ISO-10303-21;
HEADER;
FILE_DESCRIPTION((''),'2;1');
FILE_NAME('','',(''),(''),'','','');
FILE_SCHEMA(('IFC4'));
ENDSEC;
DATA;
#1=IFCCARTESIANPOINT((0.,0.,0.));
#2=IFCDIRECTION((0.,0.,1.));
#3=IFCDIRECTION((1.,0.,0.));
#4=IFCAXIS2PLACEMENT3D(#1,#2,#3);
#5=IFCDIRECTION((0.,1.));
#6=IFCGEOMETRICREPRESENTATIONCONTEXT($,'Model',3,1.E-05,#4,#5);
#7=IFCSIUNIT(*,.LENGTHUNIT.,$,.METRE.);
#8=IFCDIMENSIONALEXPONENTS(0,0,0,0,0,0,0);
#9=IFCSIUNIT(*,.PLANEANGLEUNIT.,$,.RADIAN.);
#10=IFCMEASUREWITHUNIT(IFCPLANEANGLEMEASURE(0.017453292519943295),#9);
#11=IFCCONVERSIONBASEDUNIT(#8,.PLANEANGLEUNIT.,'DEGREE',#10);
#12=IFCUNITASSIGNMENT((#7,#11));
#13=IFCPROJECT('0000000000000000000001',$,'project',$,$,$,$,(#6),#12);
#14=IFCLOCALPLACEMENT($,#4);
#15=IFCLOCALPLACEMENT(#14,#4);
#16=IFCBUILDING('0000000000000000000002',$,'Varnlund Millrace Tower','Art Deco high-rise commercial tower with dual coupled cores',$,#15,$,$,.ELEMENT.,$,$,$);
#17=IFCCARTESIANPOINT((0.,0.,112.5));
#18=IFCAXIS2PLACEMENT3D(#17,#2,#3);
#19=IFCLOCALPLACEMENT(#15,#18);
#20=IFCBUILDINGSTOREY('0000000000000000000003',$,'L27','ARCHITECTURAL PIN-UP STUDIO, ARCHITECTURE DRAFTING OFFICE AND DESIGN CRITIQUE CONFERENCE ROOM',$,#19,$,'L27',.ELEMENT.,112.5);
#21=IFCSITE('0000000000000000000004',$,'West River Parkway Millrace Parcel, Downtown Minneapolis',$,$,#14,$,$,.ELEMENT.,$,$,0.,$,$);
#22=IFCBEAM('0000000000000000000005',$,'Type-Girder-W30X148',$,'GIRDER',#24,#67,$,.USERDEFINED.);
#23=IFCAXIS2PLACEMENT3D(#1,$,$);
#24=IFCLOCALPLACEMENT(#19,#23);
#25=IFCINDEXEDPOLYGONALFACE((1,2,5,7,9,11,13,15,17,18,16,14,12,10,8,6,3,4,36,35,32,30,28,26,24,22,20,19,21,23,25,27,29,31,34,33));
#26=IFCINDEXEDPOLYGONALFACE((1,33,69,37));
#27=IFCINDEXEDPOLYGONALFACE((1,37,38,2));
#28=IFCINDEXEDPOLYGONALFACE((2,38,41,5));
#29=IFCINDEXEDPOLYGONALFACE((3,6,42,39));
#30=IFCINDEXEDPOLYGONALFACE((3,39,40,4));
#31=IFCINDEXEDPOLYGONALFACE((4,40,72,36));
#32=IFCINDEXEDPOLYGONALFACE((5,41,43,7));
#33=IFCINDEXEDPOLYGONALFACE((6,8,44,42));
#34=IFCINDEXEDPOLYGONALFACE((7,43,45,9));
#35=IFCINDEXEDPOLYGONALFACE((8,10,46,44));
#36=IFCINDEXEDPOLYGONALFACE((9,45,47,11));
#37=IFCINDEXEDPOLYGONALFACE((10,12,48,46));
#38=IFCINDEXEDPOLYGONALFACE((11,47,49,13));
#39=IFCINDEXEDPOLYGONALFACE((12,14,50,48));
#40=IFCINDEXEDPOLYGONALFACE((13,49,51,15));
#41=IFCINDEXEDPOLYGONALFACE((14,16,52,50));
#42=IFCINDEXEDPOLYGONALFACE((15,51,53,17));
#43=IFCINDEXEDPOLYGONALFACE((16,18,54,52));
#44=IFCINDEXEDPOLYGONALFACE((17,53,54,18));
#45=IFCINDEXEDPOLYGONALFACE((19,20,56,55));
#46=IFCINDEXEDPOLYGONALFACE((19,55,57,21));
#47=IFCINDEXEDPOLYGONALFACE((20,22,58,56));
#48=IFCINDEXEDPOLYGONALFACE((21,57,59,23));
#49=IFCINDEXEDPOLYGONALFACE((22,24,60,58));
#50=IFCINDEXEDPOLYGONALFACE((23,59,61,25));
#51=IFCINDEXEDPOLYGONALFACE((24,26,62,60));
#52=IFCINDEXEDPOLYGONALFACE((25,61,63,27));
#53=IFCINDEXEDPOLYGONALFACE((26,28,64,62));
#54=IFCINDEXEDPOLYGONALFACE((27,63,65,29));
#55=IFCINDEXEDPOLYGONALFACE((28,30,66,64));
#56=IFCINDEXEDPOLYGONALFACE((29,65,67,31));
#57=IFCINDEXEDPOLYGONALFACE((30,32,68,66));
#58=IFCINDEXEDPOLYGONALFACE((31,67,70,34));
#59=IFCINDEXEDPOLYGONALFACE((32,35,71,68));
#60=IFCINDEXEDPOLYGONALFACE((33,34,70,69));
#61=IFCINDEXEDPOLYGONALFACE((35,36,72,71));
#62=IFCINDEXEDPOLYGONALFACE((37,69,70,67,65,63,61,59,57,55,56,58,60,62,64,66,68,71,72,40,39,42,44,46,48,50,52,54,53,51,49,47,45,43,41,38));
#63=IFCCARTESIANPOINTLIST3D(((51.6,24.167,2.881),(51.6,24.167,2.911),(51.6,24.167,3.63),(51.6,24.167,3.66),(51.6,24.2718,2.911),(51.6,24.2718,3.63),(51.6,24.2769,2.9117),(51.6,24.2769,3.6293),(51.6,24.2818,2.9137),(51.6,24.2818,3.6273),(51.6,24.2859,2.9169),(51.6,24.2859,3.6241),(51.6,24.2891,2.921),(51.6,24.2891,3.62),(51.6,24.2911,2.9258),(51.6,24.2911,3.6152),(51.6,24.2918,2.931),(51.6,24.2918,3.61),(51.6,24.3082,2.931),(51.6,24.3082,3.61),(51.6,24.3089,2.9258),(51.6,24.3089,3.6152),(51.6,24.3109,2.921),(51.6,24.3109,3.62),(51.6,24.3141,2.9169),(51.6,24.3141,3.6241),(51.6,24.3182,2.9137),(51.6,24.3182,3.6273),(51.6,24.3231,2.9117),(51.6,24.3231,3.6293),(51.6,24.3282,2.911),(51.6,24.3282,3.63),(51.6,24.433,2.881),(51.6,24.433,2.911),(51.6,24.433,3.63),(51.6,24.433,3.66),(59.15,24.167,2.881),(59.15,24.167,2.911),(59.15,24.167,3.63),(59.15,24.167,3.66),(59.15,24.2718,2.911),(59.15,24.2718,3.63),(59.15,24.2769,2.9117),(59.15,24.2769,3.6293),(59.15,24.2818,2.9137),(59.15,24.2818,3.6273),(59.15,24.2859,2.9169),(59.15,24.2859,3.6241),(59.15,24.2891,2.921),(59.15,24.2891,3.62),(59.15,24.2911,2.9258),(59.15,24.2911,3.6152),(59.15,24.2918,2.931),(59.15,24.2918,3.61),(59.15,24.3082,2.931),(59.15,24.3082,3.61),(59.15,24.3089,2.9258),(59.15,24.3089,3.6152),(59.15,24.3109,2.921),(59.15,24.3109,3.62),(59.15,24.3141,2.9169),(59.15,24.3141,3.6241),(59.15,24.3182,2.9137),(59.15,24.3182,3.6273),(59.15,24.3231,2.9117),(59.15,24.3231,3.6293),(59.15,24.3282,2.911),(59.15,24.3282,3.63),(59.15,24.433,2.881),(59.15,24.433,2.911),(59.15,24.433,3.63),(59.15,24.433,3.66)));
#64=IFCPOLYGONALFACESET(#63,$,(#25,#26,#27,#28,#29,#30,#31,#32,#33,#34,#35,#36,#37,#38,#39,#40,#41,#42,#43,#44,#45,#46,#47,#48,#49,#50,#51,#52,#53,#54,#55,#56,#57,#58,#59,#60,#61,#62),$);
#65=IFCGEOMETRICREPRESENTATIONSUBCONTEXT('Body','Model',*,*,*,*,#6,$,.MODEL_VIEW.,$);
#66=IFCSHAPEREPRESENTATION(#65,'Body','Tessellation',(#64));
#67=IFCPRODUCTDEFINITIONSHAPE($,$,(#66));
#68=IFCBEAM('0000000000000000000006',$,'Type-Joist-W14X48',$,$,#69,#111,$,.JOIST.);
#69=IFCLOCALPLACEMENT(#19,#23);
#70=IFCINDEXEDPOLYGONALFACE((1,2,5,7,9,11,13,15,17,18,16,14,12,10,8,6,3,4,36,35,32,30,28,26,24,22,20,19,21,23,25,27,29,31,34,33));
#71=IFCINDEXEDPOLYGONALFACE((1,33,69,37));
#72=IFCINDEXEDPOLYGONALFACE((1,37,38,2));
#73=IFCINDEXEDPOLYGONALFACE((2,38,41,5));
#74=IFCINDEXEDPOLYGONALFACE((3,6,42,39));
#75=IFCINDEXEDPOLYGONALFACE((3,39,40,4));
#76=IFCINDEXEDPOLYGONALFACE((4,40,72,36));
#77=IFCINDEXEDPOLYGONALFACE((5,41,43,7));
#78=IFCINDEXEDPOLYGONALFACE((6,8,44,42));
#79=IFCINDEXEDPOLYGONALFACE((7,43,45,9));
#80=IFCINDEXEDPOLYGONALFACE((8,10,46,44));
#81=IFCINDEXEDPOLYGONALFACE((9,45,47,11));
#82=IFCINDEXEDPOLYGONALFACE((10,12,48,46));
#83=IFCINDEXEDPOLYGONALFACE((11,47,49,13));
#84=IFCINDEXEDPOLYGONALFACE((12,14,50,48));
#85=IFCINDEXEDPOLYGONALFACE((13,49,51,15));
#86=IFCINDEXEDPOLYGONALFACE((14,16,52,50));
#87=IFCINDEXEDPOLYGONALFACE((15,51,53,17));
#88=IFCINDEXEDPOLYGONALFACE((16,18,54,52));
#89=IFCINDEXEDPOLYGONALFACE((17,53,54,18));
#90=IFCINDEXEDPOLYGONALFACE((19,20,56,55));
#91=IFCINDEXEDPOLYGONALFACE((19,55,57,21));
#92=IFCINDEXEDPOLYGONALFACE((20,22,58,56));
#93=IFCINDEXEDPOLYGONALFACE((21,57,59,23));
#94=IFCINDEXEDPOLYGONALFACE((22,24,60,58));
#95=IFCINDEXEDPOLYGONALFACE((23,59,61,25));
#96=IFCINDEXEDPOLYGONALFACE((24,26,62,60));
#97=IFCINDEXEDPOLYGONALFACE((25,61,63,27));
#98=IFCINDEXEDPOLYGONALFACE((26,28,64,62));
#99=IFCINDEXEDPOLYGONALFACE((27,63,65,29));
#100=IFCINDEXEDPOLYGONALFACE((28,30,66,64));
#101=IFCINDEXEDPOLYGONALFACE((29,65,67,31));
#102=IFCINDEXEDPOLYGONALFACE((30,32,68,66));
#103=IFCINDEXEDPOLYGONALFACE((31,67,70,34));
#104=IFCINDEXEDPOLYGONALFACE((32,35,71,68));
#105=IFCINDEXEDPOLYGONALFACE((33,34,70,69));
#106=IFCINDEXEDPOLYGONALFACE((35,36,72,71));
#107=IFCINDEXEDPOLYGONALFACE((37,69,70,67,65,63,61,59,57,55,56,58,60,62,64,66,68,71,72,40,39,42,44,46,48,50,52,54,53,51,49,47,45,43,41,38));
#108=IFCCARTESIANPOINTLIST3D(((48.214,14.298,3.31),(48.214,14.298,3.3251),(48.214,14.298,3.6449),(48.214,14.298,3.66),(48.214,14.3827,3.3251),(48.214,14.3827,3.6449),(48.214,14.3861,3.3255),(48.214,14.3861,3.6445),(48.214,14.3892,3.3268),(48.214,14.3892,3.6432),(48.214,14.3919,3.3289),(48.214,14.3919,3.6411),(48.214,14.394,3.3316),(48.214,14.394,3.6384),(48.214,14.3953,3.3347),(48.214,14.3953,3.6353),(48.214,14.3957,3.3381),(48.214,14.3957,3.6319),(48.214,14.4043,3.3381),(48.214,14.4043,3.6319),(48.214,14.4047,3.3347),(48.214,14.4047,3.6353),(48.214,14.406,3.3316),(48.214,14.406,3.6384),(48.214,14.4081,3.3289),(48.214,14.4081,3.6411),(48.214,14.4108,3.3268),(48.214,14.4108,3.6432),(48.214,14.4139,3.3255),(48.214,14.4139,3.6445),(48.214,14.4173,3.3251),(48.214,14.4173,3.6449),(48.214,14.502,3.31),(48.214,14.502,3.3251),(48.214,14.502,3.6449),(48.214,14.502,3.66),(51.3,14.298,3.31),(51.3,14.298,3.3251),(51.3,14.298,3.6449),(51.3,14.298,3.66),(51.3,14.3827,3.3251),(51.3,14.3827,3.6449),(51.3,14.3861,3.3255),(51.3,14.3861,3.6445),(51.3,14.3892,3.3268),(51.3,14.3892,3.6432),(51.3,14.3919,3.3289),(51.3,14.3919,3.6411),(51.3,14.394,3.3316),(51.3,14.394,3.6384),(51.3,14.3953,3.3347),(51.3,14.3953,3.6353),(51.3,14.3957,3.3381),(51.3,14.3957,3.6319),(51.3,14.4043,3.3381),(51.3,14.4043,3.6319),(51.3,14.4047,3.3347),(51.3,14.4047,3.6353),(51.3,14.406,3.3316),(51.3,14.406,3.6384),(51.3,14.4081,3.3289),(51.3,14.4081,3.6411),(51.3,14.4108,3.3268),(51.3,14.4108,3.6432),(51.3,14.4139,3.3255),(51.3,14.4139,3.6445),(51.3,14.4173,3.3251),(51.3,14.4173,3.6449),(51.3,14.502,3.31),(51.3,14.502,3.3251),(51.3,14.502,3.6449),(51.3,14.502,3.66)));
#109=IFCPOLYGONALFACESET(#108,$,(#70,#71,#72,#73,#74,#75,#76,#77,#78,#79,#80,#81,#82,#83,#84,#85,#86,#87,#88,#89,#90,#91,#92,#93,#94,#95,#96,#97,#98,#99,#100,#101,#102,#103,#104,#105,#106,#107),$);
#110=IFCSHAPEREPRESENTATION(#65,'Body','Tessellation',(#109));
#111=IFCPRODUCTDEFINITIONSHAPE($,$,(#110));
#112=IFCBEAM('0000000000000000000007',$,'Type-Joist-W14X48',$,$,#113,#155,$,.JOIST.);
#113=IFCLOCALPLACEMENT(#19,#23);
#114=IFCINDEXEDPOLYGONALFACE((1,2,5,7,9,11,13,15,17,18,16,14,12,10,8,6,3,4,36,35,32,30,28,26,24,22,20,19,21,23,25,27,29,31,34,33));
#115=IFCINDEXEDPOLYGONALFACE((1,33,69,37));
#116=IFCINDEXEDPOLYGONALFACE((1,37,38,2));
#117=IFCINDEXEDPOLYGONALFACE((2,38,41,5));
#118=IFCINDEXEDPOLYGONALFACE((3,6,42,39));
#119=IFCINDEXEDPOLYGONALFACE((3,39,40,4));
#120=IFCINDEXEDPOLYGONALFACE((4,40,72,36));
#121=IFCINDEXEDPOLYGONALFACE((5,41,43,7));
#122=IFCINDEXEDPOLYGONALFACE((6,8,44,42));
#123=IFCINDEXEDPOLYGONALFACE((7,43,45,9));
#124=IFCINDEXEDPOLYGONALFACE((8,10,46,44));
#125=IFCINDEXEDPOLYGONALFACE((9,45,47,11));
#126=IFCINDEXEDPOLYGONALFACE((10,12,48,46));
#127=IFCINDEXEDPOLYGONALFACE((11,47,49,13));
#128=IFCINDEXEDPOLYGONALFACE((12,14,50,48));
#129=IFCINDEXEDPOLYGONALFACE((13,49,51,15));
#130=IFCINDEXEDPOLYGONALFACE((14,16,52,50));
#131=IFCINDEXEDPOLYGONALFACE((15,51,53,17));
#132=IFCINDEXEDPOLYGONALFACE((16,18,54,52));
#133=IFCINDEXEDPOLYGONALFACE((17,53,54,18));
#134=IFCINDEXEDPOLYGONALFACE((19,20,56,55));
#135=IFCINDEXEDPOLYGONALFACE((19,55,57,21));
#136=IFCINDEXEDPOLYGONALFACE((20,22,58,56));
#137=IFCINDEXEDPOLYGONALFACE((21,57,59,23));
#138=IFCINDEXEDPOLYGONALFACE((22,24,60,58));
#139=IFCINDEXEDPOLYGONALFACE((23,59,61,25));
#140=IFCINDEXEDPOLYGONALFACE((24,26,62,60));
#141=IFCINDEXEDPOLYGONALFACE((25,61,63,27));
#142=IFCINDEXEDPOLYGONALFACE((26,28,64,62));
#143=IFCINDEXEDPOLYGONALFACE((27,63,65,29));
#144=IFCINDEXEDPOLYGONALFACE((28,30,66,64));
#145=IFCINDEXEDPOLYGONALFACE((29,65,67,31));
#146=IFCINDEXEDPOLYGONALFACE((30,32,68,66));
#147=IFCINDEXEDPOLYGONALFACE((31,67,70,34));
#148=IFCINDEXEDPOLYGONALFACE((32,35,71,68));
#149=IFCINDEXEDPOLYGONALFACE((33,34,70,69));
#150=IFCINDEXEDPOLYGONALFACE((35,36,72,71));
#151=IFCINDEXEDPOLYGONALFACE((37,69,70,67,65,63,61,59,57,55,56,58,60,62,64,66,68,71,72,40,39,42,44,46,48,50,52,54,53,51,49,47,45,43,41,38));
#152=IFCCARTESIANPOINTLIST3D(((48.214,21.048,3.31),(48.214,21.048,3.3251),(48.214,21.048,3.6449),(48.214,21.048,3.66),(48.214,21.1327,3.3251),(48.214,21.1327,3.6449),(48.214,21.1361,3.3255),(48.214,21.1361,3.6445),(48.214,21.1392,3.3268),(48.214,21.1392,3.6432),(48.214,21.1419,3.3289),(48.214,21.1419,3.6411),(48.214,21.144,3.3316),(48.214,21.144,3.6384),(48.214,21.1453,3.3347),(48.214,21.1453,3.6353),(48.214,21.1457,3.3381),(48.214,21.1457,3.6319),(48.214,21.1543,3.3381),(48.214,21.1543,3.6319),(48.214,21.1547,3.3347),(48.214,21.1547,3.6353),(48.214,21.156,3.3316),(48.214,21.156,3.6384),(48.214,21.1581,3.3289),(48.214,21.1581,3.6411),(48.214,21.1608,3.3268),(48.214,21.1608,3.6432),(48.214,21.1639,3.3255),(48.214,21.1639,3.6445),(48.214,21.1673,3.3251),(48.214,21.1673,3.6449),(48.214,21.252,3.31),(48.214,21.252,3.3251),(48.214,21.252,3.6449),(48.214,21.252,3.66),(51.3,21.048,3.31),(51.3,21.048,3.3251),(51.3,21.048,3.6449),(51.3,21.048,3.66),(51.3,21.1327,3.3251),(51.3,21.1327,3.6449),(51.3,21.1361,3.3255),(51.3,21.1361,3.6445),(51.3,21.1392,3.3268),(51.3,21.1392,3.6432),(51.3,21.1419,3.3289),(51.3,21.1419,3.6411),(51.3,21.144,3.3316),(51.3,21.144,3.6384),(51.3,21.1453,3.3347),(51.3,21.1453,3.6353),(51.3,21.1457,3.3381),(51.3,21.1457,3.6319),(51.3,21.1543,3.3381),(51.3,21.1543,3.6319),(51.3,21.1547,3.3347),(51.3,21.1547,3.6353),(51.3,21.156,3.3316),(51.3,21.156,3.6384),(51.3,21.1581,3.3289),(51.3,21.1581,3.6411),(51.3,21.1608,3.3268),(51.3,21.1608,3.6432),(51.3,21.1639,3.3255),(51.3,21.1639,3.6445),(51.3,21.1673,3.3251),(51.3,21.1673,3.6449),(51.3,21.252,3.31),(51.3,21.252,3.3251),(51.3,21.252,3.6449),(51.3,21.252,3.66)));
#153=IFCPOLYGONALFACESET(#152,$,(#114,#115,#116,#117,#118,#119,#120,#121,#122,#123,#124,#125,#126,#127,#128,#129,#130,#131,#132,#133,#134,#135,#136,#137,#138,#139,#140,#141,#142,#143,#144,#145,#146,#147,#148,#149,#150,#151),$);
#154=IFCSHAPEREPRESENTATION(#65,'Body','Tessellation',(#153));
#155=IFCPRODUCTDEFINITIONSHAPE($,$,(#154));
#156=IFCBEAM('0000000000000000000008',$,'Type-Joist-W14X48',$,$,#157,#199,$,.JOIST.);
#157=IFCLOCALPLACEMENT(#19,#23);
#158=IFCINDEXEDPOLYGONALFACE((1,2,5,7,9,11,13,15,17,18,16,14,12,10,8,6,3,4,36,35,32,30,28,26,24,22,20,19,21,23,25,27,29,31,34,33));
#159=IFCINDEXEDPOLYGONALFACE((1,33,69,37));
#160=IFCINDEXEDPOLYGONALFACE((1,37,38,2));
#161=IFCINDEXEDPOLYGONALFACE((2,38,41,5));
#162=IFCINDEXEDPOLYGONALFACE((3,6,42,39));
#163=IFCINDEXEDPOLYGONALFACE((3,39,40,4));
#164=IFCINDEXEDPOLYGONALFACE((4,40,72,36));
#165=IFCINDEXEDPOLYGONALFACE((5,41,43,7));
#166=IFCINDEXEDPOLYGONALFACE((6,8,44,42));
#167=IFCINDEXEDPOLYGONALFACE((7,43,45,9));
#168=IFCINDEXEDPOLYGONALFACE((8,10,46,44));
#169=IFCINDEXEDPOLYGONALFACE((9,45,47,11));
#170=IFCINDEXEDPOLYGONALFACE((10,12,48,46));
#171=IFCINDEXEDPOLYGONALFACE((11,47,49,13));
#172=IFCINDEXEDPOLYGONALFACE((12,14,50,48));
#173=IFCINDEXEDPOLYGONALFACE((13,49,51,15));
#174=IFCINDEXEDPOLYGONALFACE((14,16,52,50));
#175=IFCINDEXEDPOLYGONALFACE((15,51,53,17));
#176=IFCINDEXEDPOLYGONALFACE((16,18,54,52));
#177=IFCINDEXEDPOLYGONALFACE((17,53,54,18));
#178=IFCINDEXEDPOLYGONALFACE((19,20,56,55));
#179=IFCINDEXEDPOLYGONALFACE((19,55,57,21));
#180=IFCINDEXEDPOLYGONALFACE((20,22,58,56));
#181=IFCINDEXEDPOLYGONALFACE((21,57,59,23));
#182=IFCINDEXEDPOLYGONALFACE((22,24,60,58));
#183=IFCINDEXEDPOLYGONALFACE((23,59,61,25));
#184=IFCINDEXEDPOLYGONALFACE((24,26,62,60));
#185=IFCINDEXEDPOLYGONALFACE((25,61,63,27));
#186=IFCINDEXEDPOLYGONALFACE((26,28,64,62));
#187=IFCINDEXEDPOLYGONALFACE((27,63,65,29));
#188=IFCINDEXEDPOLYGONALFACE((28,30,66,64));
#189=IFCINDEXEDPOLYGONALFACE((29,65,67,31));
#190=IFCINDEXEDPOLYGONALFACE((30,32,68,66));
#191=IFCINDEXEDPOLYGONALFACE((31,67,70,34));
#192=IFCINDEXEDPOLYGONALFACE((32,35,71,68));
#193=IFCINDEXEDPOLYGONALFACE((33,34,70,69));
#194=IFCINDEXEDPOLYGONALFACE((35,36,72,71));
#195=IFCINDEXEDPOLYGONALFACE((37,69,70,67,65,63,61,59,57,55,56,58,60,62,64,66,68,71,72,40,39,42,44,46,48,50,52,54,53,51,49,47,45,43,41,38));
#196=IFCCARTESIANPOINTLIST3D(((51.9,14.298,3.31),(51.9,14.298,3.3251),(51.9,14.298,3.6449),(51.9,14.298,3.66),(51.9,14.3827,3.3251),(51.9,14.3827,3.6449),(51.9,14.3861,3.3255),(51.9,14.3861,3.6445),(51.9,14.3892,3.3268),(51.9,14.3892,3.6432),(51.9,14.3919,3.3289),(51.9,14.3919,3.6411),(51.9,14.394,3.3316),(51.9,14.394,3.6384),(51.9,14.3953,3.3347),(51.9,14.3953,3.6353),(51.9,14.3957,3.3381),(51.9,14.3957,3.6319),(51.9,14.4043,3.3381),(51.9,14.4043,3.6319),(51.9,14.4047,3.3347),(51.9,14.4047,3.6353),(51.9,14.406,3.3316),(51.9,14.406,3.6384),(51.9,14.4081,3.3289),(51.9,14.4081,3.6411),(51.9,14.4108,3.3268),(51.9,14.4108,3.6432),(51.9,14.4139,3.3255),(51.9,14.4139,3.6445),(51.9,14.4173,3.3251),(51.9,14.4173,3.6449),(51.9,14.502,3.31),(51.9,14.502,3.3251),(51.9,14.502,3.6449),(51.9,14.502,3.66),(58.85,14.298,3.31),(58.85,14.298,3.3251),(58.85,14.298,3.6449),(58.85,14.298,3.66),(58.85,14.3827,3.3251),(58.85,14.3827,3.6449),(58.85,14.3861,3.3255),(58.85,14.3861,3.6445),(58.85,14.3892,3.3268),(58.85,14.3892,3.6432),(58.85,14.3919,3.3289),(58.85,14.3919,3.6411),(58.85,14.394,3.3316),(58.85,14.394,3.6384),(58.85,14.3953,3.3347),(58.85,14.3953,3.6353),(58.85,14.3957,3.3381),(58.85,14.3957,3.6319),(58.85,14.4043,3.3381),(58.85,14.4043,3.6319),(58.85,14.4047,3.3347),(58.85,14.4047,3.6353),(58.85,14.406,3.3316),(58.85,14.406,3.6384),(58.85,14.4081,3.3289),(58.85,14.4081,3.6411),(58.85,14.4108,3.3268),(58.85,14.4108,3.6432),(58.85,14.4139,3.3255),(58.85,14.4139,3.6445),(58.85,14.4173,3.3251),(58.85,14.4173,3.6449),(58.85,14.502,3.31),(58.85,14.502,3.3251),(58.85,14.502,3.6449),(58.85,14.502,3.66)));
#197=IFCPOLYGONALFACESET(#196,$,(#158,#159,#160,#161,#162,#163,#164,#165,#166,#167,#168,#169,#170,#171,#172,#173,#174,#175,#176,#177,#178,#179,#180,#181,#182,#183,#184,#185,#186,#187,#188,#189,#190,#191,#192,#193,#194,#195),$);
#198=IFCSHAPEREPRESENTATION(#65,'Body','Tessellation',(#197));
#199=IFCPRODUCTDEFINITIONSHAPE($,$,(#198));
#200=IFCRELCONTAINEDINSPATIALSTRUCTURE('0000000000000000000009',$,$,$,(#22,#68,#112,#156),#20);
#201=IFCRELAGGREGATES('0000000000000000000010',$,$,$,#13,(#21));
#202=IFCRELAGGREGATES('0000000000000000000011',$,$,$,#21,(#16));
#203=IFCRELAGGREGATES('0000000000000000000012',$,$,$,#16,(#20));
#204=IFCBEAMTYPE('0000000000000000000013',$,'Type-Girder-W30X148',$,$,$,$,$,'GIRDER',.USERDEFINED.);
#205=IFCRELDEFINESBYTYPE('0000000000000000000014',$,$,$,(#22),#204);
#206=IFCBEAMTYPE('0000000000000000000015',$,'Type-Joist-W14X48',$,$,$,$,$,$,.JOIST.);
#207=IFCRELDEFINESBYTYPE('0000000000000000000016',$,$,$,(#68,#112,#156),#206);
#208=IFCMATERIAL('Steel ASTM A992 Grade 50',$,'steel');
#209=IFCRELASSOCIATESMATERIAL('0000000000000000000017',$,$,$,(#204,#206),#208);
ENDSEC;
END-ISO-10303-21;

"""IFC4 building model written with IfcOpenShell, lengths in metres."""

from ifc_helpers import new_model, entity, si_unit, converted_unit, direction, frame, origin_with_axes, origin_2d_with_axis, place, context, subcontext, project, spatial, i_section, extrude, material, material_profile, profile_set, type_object, element, save


model = new_model("IFC4")

# Units and contexts
model_context = context("Model", 3, precision=1e-05, world=origin_with_axes(), true_north=direction((0.0, 1.0)))
body_context = subcontext(model_context, "Body", "Model", "MODEL_VIEW")
ifc_project = project(units=[si_unit("LENGTHUNIT", "METRE"), converted_unit("PLANEANGLEUNIT", "DEGREE", entity("IfcPlaneAngleMeasure", 0.017453292519943295), si_unit("PLANEANGLEUNIT", "RADIAN"), dimensions=[0, 0, 0, 0, 0, 0, 0])], contexts=[model_context])

# Site, building, storey
site_placement = place(None, origin_with_axes())
site = spatial("IfcSite", under=ifc_project, at=site_placement, Name="West River Parkway Millrace Parcel, Downtown Minneapolis", CompositionType="ELEMENT", RefElevation=0.0)
building_placement = place(site_placement, origin_with_axes())
building = spatial("IfcBuilding", under=site, at=building_placement, Name="Varnlund Millrace Tower", Description="Art Deco high-rise commercial tower with dual coupled cores", CompositionType="ELEMENT")
storey_placement = place(building_placement, frame((0.0, 0.0, 112.5), z_axis=(0.0, 0.0, 1.0), x_axis=(1.0, 0.0, 0.0)))
storey = spatial("IfcBuildingStorey", under=building, at=storey_placement, Name="L27", Description="ARCHITECTURAL PIN-UP STUDIO, ARCHITECTURE DRAFTING OFFICE AND DESIGN CRITIQUE CONFERENCE ROOM", LongName="L27", CompositionType="ELEMENT", Elevation=112.5)

# Beams
ifc_material_1 = material(Name="Steel ASTM A992 Grade 50", Category="steel")
ifc_material_profile_1 = material_profile(ifc_material_1, i_section(OverallWidth=0.266, OverallDepth=0.779, WebThickness=0.0165, FlangeThickness=0.03, FilletRadius=0.02, at=origin_2d_with_axis()), Name="Steel ASTM A992 Grade 50")
ifc_profile_set_1 = profile_set([ifc_material_profile_1], Name="Steel ASTM A992 Grade 50")
beam_type_1 = type_object("IfcBeamType", Name="Type-Girder-W30X148", ElementType="GIRDER", PredefinedType="USERDEFINED", material=ifc_profile_set_1)
beam_1_placement = place(storey_placement, frame((51.6, 24.3, 3.2705), z_axis=(1.0, 0.0, 0.0), x_axis=(0.0, 1.0, 0.0)))
element("IfcBeam", 1, at=beam_1_placement, inside=storey, type_object=beam_type_1, Name="Type-Girder-W30X148", ObjectType="GIRDER", PredefinedType="USERDEFINED", context=body_context, shape_type="SweptSolid", body=[
    extrude(i_section(OverallWidth=0.266, OverallDepth=0.779, WebThickness=0.0165, FlangeThickness=0.03, FilletRadius=0.02, at=origin_2d_with_axis()), origin_with_axes(), (0.0, 0.0, 1.0), 7.55),
])
ifc_material_profile_2 = material_profile(ifc_material_1, i_section(OverallWidth=0.204, OverallDepth=0.35, WebThickness=0.0086, FlangeThickness=0.0151, FilletRadius=0.013, at=origin_2d_with_axis()), Name="Steel ASTM A992 Grade 50")
ifc_profile_set_2 = profile_set([ifc_material_profile_2], Name="Steel ASTM A992 Grade 50")
beam_type_2 = type_object("IfcBeamType", Name="Type-Joist-W14X48", PredefinedType="JOIST", material=ifc_profile_set_2)
for number, where, z_axis, x_axis, name in (
    (2, (48.214, 14.4, 3.485), (1.0, 0.0, 0.0), (0.0, 1.0, 0.0), "Type-Joist-W14X48"),
    (3, (48.214, 21.15, 3.485), (1.0, 0.0, 0.0), (0.0, 1.0, 0.0), "Type-Joist-W14X48"),
):
    element("IfcBeam", number, at=place(storey_placement, frame(where, z_axis=z_axis, x_axis=x_axis)), inside=storey, type_object=beam_type_2, Name=name, PredefinedType="JOIST", context=body_context, shape_type="SweptSolid", body=[
        extrude(i_section(OverallWidth=0.204, OverallDepth=0.35, WebThickness=0.0086, FlangeThickness=0.0151, FilletRadius=0.013, at=origin_2d_with_axis()), origin_with_axes(), (0.0, 0.0, 1.0), 3.086),
    ])
for number, where, z_axis, x_axis, name in (
    (4, (51.9, 14.4, 3.485), (1.0, 0.0, 0.0), (0.0, 1.0, 0.0), "Type-Joist-W14X48"),
):
    element("IfcBeam", number, at=place(storey_placement, frame(where, z_axis=z_axis, x_axis=x_axis)), inside=storey, type_object=beam_type_2, Name=name, PredefinedType="JOIST", context=body_context, shape_type="SweptSolid", body=[
        extrude(i_section(OverallWidth=0.204, OverallDepth=0.35, WebThickness=0.0086, FlangeThickness=0.0151, FilletRadius=0.013, at=origin_2d_with_axis()), origin_with_axes(), (0.0, 0.0, 1.0), 6.95),
    ])

save(model, "model.ifc")
